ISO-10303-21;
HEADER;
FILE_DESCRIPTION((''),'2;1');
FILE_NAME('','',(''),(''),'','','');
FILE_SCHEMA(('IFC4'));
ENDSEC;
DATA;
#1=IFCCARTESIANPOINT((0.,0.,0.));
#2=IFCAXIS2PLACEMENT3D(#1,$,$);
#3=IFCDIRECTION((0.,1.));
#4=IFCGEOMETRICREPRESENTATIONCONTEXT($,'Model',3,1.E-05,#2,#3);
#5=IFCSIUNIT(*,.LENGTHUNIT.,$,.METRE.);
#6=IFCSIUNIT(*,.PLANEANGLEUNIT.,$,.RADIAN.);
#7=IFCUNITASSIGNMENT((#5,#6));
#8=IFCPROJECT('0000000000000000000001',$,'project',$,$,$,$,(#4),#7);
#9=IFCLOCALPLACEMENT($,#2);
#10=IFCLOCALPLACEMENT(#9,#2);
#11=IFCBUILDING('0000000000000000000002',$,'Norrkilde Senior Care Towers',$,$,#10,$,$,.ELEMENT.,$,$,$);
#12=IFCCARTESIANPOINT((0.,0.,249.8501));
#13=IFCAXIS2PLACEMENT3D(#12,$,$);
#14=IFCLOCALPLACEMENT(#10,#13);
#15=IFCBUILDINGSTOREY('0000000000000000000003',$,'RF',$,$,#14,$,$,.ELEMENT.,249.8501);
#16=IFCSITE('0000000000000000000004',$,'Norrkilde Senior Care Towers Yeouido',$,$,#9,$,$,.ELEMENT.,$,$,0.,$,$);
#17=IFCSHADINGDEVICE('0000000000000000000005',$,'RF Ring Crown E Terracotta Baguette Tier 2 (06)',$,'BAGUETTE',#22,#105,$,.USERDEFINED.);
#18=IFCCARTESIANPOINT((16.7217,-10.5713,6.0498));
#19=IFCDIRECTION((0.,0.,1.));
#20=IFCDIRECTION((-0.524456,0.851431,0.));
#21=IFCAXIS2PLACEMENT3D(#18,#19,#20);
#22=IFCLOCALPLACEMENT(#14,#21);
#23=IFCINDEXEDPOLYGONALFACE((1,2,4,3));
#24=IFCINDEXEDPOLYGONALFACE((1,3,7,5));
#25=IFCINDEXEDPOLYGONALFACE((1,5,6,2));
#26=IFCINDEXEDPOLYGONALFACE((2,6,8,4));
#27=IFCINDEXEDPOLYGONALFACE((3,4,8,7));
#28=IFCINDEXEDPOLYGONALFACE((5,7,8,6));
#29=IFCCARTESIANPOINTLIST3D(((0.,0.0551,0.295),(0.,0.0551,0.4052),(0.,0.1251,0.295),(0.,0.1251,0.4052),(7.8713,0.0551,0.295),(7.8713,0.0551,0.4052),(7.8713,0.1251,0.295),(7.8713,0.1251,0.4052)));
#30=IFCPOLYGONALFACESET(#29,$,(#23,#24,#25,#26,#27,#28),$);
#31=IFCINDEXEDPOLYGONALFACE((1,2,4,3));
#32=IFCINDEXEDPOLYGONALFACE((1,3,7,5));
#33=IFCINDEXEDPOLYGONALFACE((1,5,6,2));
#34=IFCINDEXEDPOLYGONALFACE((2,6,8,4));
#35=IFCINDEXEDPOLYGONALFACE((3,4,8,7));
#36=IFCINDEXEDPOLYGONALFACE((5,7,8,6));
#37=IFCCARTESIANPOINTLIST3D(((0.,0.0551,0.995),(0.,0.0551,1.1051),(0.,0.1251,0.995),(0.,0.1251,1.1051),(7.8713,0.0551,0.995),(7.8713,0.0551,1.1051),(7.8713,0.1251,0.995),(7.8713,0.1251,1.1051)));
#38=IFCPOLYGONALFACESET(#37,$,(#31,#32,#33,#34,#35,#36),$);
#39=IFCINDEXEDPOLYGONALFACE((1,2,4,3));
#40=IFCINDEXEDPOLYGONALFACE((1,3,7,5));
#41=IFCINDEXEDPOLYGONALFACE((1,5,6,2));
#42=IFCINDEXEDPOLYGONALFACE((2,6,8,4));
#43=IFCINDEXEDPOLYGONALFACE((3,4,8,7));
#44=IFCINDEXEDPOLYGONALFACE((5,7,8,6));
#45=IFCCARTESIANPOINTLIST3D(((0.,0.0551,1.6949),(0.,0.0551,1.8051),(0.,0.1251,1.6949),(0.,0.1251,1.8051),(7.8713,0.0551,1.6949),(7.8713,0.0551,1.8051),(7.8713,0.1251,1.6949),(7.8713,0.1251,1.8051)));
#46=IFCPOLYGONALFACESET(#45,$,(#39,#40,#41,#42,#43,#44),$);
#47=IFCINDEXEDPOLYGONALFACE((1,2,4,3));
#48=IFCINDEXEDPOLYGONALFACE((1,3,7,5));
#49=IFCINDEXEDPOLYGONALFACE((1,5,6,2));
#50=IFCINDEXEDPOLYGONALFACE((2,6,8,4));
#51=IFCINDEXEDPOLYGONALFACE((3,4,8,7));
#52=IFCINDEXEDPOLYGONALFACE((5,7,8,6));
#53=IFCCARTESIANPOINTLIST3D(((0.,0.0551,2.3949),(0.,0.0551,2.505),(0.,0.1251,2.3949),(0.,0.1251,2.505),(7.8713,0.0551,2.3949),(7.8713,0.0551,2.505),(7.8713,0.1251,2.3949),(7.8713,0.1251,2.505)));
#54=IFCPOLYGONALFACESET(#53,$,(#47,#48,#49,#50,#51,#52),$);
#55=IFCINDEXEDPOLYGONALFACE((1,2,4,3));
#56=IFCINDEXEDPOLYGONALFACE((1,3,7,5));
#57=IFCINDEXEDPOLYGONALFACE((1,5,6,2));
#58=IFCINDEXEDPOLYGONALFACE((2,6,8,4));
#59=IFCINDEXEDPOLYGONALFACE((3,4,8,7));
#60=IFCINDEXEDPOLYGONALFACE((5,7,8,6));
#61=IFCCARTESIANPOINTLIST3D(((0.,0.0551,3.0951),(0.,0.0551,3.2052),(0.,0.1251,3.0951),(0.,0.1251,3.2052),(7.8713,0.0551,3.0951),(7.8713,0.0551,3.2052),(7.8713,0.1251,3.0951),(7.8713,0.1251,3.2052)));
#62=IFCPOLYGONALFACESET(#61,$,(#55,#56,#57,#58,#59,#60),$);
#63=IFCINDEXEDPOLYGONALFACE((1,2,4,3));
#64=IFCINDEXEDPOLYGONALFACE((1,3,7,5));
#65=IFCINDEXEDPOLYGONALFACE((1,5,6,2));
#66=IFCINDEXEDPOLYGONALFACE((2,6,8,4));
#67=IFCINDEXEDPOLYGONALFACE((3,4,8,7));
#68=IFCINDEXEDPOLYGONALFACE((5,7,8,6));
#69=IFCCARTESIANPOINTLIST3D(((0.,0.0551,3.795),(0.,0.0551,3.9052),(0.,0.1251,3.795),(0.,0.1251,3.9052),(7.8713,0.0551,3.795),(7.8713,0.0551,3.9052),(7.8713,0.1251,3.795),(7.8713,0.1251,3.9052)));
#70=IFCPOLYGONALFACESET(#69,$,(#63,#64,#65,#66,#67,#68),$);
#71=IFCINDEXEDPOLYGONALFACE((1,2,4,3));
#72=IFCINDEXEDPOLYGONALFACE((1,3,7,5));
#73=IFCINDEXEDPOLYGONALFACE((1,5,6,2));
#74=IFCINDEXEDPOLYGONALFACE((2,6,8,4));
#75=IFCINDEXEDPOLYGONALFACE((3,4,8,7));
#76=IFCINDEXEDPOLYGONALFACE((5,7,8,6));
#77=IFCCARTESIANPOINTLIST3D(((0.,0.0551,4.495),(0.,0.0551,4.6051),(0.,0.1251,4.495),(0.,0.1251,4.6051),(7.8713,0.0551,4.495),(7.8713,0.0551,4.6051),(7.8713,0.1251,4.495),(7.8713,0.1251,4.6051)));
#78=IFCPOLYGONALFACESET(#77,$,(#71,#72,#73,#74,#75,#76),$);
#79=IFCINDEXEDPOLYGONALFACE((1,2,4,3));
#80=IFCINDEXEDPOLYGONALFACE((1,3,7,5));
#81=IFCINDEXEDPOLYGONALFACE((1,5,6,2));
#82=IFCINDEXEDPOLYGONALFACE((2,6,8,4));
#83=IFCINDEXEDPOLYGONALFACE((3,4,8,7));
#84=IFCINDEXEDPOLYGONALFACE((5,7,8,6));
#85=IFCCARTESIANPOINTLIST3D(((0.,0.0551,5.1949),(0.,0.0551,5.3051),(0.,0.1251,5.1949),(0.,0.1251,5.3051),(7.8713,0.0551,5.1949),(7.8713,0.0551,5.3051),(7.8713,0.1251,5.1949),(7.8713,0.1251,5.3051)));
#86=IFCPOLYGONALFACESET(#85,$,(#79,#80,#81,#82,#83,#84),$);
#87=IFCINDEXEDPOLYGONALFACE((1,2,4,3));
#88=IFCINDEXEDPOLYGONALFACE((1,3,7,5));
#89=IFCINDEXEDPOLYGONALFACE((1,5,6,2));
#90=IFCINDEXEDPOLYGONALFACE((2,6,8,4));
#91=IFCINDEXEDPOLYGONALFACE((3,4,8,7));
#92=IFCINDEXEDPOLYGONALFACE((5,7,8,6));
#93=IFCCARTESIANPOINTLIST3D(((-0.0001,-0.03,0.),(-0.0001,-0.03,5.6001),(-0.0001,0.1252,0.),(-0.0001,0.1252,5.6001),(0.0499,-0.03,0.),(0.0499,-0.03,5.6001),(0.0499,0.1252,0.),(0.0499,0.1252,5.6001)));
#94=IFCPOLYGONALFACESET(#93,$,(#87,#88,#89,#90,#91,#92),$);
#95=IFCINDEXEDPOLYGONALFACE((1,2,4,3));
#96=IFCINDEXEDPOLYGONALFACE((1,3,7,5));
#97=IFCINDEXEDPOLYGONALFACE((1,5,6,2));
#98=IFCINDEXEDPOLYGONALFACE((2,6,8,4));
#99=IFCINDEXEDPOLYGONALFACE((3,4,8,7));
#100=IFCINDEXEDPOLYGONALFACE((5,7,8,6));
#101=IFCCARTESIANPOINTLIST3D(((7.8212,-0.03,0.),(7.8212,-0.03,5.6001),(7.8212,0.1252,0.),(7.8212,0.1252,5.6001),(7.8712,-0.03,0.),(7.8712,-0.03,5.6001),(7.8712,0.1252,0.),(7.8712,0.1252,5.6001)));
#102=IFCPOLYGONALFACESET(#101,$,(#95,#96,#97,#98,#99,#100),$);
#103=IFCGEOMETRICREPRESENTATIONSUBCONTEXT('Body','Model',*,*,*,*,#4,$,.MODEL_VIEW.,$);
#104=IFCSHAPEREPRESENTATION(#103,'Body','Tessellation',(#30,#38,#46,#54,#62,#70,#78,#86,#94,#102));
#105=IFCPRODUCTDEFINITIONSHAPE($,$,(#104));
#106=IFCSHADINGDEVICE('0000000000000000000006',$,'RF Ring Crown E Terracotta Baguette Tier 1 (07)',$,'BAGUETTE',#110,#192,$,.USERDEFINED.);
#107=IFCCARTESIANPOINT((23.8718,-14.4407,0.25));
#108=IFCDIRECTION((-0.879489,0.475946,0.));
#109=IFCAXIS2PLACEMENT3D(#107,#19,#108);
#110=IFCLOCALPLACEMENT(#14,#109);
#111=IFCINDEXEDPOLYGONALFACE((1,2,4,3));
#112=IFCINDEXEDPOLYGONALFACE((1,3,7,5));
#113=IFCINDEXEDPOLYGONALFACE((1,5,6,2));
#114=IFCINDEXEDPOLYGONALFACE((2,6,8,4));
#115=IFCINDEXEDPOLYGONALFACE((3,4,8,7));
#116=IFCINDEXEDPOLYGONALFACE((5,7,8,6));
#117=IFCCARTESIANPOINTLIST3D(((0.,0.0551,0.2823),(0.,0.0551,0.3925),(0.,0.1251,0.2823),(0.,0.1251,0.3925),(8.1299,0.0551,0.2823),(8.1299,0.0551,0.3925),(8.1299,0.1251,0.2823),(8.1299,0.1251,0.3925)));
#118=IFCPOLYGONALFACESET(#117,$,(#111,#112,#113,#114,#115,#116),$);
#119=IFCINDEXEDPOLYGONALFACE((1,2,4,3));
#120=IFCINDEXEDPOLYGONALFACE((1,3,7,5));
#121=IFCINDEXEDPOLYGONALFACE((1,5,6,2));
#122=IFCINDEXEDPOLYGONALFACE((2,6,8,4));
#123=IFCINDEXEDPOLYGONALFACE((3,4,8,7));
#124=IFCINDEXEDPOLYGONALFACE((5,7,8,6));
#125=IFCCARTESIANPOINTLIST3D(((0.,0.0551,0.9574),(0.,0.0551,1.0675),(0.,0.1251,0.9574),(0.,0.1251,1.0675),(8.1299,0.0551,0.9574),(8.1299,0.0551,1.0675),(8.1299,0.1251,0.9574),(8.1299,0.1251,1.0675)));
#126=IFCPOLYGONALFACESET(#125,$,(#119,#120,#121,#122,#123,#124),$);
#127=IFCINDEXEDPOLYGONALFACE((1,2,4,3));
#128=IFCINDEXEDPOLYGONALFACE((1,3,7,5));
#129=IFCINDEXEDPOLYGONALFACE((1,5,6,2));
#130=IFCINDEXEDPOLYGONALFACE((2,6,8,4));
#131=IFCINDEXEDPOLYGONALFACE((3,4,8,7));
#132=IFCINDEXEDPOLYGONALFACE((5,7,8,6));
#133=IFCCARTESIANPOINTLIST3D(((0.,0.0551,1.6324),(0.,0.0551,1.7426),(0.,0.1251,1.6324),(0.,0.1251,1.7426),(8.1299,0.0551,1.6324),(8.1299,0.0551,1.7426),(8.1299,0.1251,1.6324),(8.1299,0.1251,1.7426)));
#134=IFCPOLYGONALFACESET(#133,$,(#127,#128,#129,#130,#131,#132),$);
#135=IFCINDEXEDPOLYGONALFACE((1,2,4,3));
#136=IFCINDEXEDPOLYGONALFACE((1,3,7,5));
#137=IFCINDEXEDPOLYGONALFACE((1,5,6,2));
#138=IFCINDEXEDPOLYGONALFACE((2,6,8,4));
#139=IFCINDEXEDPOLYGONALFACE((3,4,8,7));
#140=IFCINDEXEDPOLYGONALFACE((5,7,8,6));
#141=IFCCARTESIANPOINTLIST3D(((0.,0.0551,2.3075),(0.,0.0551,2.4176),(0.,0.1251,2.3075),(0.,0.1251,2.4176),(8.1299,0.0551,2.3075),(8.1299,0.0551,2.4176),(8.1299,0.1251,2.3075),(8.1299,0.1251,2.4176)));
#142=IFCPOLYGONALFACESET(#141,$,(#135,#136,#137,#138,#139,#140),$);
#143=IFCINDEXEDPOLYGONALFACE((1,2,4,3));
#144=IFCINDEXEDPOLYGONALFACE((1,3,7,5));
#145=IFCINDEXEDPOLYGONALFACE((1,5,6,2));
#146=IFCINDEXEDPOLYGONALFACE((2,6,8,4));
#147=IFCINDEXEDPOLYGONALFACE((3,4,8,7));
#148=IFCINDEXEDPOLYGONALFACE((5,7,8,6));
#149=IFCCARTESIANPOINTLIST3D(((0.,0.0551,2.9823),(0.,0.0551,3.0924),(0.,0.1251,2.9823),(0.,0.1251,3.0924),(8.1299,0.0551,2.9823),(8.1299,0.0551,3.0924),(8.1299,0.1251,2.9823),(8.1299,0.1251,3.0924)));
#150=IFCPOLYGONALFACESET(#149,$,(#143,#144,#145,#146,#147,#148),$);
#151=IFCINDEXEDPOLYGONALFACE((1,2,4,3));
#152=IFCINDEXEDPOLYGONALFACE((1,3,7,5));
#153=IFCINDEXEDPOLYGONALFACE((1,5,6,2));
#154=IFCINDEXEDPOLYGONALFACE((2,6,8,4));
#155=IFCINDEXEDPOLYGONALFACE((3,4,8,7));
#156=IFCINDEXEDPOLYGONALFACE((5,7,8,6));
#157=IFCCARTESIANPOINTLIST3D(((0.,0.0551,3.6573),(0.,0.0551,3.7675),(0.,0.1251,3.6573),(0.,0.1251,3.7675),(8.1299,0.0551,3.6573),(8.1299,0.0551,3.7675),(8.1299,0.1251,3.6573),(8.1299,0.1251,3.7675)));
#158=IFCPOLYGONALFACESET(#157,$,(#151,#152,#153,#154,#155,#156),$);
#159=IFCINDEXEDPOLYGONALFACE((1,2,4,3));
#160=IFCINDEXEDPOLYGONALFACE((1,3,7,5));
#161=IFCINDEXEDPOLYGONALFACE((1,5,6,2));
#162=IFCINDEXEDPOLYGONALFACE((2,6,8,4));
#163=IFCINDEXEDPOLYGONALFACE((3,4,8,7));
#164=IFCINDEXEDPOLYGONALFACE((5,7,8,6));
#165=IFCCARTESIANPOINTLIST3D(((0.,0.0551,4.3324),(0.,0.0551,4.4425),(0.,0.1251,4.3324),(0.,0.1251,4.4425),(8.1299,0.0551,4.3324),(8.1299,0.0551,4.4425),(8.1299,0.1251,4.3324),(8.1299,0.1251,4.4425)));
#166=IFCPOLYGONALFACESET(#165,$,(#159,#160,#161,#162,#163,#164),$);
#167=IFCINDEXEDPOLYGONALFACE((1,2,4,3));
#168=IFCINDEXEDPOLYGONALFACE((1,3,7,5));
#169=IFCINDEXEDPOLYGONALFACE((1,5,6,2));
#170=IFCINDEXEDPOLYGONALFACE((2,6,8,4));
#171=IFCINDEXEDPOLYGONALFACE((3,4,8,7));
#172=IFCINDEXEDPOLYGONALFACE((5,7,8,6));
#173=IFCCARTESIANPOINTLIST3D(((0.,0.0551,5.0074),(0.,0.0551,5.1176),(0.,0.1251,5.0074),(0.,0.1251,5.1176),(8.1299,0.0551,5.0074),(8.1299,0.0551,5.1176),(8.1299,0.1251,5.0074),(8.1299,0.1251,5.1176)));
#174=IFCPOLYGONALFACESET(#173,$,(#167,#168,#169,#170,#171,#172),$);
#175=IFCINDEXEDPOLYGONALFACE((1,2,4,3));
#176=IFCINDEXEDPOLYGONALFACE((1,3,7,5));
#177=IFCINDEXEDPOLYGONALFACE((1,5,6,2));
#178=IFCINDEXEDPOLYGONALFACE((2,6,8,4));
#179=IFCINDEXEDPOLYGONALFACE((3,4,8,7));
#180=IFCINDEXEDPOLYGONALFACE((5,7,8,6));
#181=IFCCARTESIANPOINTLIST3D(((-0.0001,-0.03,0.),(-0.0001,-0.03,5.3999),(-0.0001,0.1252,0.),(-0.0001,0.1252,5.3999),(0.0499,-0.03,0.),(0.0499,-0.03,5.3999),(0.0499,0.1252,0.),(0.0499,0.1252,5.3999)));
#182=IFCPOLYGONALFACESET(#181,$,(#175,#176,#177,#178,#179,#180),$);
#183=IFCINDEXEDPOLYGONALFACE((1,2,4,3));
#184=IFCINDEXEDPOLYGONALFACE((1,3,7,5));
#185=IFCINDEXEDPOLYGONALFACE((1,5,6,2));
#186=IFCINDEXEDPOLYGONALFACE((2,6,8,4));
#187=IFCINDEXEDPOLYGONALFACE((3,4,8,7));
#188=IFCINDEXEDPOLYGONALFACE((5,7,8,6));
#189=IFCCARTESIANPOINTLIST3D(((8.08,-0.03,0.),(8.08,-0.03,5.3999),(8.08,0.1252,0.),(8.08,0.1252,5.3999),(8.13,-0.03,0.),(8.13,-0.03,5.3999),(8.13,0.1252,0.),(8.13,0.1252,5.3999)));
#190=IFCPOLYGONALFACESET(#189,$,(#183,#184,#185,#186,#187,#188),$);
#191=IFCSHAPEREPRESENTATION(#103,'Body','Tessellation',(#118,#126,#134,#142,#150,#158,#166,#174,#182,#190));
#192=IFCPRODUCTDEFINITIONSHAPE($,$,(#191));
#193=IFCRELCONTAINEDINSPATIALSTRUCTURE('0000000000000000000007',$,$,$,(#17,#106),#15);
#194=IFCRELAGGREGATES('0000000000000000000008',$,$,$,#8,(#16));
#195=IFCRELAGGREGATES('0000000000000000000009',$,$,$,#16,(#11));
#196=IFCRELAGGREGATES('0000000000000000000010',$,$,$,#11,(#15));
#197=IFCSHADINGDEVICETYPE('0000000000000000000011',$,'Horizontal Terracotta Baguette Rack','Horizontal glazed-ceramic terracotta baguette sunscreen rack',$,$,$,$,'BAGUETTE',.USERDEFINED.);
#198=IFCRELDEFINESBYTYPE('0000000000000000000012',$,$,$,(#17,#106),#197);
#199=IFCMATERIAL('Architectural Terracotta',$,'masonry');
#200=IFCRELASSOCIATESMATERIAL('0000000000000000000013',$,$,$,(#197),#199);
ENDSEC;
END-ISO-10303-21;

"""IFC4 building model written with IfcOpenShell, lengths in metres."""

from ifc_helpers import new_model, si_unit, direction, frame, origin, origin_2d, place, context, subcontext, project, spatial, rectangle, extrude, source, transform, mapped, material, type_object, element, save


model = new_model("IFC4")

# Units and contexts
model_context = context("Model", 3, precision=1e-05, world=origin(), true_north=direction((0.0, 1.0)))
body_context = subcontext(model_context, "Body", "Model", "MODEL_VIEW")
ifc_project = project(units=[si_unit("LENGTHUNIT", "METRE"), si_unit("PLANEANGLEUNIT", "RADIAN")], contexts=[model_context])

# Site, building, storey
site_placement = place(None, origin())
site = spatial("IfcSite", under=ifc_project, at=site_placement, Name="Norrkilde Senior Care Towers Yeouido", CompositionType="ELEMENT", RefElevation=0.0)
building_placement = place(site_placement, origin())
building = spatial("IfcBuilding", under=site, at=building_placement, Name="Norrkilde Senior Care Towers", CompositionType="ELEMENT")
storey_placement = place(building_placement, frame((0.0, 0.0, 249.8501)))
storey = spatial("IfcBuildingStorey", under=building, at=storey_placement, Name="RF", CompositionType="ELEMENT", Elevation=249.8501)

# Shared definitions
ifc_material_1 = material(Name="Architectural Terracotta", Category="masonry")

# Shading devices
shading_device_type = type_object("IfcShadingDeviceType", Name="Horizontal Terracotta Baguette Rack", Description="Horizontal glazed-ceramic terracotta baguette sunscreen rack", ElementType="BAGUETTE", PredefinedType="USERDEFINED", material=ifc_material_1)
shared_shape_1 = source(origin(), body_context, "Body", "SweptSolid", [
    extrude(rectangle(XDim=0.0701, YDim=0.1101, at=origin_2d()), frame((0.0, 0.0901, 0.3501), z_axis=(1.0, 0.0, 0.0), x_axis=(0.0, 1.0, 0.0)), (0.0, 0.0, 1.0), 7.8713),
    extrude(rectangle(XDim=0.0701, YDim=0.1101, at=origin_2d()), frame((0.0, 0.0901, 1.05), z_axis=(1.0, 0.0, 0.0), x_axis=(0.0, 1.0, 0.0)), (0.0, 0.0, 1.0), 7.8713),
    extrude(rectangle(XDim=0.0701, YDim=0.1101, at=origin_2d()), frame((0.0, 0.0901, 1.75), z_axis=(1.0, 0.0, 0.0), x_axis=(0.0, 1.0, 0.0)), (0.0, 0.0, 1.0), 7.8713),
    extrude(rectangle(XDim=0.0701, YDim=0.1101, at=origin_2d()), frame((0.0, 0.0901, 2.45), z_axis=(1.0, 0.0, 0.0), x_axis=(0.0, 1.0, 0.0)), (0.0, 0.0, 1.0), 7.8713),
    extrude(rectangle(XDim=0.0701, YDim=0.1101, at=origin_2d()), frame((0.0, 0.0901, 3.1501), z_axis=(1.0, 0.0, 0.0), x_axis=(0.0, 1.0, 0.0)), (0.0, 0.0, 1.0), 7.8713),
    extrude(rectangle(XDim=0.0701, YDim=0.1101, at=origin_2d()), frame((0.0, 0.0901, 3.8501), z_axis=(1.0, 0.0, 0.0), x_axis=(0.0, 1.0, 0.0)), (0.0, 0.0, 1.0), 7.8713),
    extrude(rectangle(XDim=0.0701, YDim=0.1101, at=origin_2d()), frame((0.0, 0.0901, 4.55), z_axis=(1.0, 0.0, 0.0), x_axis=(0.0, 1.0, 0.0)), (0.0, 0.0, 1.0), 7.8713),
    extrude(rectangle(XDim=0.0701, YDim=0.1101, at=origin_2d()), frame((0.0, 0.0901, 5.25), z_axis=(1.0, 0.0, 0.0), x_axis=(0.0, 1.0, 0.0)), (0.0, 0.0, 1.0), 7.8713),
    extrude(rectangle(XDim=0.05, YDim=0.1553, at=origin_2d()), frame((0.0249, 0.0476, 0.0)), (0.0, 0.0, 1.0), 5.6001),
    extrude(rectangle(XDim=0.05, YDim=0.1553, at=origin_2d()), frame((7.8462, 0.0476, 0.0)), (0.0, 0.0, 1.0), 5.6001),
])
shading_device_1_placement = place(storey_placement, frame((16.7217, -10.5713, 6.0498), z_axis=(0.0, 0.0, 1.0), x_axis=(-0.524456, 0.851431, 0.0)))
element("IfcShadingDevice", 1, at=shading_device_1_placement, inside=storey, type_object=shading_device_type, Name="RF Ring Crown E Terracotta Baguette Tier 2 (06)", ObjectType="BAGUETTE", PredefinedType="USERDEFINED", context=body_context, shape_type="MappedRepresentation", body=[
    mapped(shared_shape_1, transform((0.0, 0.0, 0.0), x_axis=(1.0, 0.0, 0.0), y_axis=(0.0, 1.0, 0.0), z_axis=(0.0, 0.0, 1.0), scale=1.0)),
])
shared_shape_2 = source(origin(), body_context, "Body", "SweptSolid", [
    extrude(rectangle(XDim=0.0701, YDim=0.1101, at=origin_2d()), frame((0.0, 0.0901, 0.3374), z_axis=(1.0, 0.0, 0.0), x_axis=(0.0, 1.0, 0.0)), (0.0, 0.0, 1.0), 8.1299),
    extrude(rectangle(XDim=0.0701, YDim=0.1101, at=origin_2d()), frame((0.0, 0.0901, 1.0125), z_axis=(1.0, 0.0, 0.0), x_axis=(0.0, 1.0, 0.0)), (0.0, 0.0, 1.0), 8.1299),
    extrude(rectangle(XDim=0.0701, YDim=0.1101, at=origin_2d()), frame((0.0, 0.0901, 1.6875), z_axis=(1.0, 0.0, 0.0), x_axis=(0.0, 1.0, 0.0)), (0.0, 0.0, 1.0), 8.1299),
    extrude(rectangle(XDim=0.0701, YDim=0.1101, at=origin_2d()), frame((0.0, 0.0901, 2.3625), z_axis=(1.0, 0.0, 0.0), x_axis=(0.0, 1.0, 0.0)), (0.0, 0.0, 1.0), 8.1299),
    extrude(rectangle(XDim=0.0701, YDim=0.1101, at=origin_2d()), frame((0.0, 0.0901, 3.0374), z_axis=(1.0, 0.0, 0.0), x_axis=(0.0, 1.0, 0.0)), (0.0, 0.0, 1.0), 8.1299),
    extrude(rectangle(XDim=0.0701, YDim=0.1101, at=origin_2d()), frame((0.0, 0.0901, 3.7124), z_axis=(1.0, 0.0, 0.0), x_axis=(0.0, 1.0, 0.0)), (0.0, 0.0, 1.0), 8.1299),
    extrude(rectangle(XDim=0.0701, YDim=0.1101, at=origin_2d()), frame((0.0, 0.0901, 4.3875), z_axis=(1.0, 0.0, 0.0), x_axis=(0.0, 1.0, 0.0)), (0.0, 0.0, 1.0), 8.1299),
    extrude(rectangle(XDim=0.0701, YDim=0.1101, at=origin_2d()), frame((0.0, 0.0901, 5.0625), z_axis=(1.0, 0.0, 0.0), x_axis=(0.0, 1.0, 0.0)), (0.0, 0.0, 1.0), 8.1299),
    extrude(rectangle(XDim=0.05, YDim=0.1553, at=origin_2d()), frame((0.0249, 0.0476, 0.0)), (0.0, 0.0, 1.0), 5.3999),
    extrude(rectangle(XDim=0.05, YDim=0.1553, at=origin_2d()), frame((8.105, 0.0476, 0.0)), (0.0, 0.0, 1.0), 5.3999),
])
shading_device_2_placement = place(storey_placement, frame((23.8718, -14.4407, 0.25), z_axis=(0.0, 0.0, 1.0), x_axis=(-0.879489, 0.475946, 0.0)))
element("IfcShadingDevice", 2, at=shading_device_2_placement, inside=storey, type_object=shading_device_type, Name="RF Ring Crown E Terracotta Baguette Tier 1 (07)", ObjectType="BAGUETTE", PredefinedType="USERDEFINED", context=body_context, shape_type="MappedRepresentation", body=[
    mapped(shared_shape_2, transform((0.0, 0.0, 0.0), x_axis=(1.0, 0.0, 0.0), y_axis=(0.0, 1.0, 0.0), z_axis=(0.0, 0.0, 1.0), scale=1.0)),
])

save(model, "model.ifc")
